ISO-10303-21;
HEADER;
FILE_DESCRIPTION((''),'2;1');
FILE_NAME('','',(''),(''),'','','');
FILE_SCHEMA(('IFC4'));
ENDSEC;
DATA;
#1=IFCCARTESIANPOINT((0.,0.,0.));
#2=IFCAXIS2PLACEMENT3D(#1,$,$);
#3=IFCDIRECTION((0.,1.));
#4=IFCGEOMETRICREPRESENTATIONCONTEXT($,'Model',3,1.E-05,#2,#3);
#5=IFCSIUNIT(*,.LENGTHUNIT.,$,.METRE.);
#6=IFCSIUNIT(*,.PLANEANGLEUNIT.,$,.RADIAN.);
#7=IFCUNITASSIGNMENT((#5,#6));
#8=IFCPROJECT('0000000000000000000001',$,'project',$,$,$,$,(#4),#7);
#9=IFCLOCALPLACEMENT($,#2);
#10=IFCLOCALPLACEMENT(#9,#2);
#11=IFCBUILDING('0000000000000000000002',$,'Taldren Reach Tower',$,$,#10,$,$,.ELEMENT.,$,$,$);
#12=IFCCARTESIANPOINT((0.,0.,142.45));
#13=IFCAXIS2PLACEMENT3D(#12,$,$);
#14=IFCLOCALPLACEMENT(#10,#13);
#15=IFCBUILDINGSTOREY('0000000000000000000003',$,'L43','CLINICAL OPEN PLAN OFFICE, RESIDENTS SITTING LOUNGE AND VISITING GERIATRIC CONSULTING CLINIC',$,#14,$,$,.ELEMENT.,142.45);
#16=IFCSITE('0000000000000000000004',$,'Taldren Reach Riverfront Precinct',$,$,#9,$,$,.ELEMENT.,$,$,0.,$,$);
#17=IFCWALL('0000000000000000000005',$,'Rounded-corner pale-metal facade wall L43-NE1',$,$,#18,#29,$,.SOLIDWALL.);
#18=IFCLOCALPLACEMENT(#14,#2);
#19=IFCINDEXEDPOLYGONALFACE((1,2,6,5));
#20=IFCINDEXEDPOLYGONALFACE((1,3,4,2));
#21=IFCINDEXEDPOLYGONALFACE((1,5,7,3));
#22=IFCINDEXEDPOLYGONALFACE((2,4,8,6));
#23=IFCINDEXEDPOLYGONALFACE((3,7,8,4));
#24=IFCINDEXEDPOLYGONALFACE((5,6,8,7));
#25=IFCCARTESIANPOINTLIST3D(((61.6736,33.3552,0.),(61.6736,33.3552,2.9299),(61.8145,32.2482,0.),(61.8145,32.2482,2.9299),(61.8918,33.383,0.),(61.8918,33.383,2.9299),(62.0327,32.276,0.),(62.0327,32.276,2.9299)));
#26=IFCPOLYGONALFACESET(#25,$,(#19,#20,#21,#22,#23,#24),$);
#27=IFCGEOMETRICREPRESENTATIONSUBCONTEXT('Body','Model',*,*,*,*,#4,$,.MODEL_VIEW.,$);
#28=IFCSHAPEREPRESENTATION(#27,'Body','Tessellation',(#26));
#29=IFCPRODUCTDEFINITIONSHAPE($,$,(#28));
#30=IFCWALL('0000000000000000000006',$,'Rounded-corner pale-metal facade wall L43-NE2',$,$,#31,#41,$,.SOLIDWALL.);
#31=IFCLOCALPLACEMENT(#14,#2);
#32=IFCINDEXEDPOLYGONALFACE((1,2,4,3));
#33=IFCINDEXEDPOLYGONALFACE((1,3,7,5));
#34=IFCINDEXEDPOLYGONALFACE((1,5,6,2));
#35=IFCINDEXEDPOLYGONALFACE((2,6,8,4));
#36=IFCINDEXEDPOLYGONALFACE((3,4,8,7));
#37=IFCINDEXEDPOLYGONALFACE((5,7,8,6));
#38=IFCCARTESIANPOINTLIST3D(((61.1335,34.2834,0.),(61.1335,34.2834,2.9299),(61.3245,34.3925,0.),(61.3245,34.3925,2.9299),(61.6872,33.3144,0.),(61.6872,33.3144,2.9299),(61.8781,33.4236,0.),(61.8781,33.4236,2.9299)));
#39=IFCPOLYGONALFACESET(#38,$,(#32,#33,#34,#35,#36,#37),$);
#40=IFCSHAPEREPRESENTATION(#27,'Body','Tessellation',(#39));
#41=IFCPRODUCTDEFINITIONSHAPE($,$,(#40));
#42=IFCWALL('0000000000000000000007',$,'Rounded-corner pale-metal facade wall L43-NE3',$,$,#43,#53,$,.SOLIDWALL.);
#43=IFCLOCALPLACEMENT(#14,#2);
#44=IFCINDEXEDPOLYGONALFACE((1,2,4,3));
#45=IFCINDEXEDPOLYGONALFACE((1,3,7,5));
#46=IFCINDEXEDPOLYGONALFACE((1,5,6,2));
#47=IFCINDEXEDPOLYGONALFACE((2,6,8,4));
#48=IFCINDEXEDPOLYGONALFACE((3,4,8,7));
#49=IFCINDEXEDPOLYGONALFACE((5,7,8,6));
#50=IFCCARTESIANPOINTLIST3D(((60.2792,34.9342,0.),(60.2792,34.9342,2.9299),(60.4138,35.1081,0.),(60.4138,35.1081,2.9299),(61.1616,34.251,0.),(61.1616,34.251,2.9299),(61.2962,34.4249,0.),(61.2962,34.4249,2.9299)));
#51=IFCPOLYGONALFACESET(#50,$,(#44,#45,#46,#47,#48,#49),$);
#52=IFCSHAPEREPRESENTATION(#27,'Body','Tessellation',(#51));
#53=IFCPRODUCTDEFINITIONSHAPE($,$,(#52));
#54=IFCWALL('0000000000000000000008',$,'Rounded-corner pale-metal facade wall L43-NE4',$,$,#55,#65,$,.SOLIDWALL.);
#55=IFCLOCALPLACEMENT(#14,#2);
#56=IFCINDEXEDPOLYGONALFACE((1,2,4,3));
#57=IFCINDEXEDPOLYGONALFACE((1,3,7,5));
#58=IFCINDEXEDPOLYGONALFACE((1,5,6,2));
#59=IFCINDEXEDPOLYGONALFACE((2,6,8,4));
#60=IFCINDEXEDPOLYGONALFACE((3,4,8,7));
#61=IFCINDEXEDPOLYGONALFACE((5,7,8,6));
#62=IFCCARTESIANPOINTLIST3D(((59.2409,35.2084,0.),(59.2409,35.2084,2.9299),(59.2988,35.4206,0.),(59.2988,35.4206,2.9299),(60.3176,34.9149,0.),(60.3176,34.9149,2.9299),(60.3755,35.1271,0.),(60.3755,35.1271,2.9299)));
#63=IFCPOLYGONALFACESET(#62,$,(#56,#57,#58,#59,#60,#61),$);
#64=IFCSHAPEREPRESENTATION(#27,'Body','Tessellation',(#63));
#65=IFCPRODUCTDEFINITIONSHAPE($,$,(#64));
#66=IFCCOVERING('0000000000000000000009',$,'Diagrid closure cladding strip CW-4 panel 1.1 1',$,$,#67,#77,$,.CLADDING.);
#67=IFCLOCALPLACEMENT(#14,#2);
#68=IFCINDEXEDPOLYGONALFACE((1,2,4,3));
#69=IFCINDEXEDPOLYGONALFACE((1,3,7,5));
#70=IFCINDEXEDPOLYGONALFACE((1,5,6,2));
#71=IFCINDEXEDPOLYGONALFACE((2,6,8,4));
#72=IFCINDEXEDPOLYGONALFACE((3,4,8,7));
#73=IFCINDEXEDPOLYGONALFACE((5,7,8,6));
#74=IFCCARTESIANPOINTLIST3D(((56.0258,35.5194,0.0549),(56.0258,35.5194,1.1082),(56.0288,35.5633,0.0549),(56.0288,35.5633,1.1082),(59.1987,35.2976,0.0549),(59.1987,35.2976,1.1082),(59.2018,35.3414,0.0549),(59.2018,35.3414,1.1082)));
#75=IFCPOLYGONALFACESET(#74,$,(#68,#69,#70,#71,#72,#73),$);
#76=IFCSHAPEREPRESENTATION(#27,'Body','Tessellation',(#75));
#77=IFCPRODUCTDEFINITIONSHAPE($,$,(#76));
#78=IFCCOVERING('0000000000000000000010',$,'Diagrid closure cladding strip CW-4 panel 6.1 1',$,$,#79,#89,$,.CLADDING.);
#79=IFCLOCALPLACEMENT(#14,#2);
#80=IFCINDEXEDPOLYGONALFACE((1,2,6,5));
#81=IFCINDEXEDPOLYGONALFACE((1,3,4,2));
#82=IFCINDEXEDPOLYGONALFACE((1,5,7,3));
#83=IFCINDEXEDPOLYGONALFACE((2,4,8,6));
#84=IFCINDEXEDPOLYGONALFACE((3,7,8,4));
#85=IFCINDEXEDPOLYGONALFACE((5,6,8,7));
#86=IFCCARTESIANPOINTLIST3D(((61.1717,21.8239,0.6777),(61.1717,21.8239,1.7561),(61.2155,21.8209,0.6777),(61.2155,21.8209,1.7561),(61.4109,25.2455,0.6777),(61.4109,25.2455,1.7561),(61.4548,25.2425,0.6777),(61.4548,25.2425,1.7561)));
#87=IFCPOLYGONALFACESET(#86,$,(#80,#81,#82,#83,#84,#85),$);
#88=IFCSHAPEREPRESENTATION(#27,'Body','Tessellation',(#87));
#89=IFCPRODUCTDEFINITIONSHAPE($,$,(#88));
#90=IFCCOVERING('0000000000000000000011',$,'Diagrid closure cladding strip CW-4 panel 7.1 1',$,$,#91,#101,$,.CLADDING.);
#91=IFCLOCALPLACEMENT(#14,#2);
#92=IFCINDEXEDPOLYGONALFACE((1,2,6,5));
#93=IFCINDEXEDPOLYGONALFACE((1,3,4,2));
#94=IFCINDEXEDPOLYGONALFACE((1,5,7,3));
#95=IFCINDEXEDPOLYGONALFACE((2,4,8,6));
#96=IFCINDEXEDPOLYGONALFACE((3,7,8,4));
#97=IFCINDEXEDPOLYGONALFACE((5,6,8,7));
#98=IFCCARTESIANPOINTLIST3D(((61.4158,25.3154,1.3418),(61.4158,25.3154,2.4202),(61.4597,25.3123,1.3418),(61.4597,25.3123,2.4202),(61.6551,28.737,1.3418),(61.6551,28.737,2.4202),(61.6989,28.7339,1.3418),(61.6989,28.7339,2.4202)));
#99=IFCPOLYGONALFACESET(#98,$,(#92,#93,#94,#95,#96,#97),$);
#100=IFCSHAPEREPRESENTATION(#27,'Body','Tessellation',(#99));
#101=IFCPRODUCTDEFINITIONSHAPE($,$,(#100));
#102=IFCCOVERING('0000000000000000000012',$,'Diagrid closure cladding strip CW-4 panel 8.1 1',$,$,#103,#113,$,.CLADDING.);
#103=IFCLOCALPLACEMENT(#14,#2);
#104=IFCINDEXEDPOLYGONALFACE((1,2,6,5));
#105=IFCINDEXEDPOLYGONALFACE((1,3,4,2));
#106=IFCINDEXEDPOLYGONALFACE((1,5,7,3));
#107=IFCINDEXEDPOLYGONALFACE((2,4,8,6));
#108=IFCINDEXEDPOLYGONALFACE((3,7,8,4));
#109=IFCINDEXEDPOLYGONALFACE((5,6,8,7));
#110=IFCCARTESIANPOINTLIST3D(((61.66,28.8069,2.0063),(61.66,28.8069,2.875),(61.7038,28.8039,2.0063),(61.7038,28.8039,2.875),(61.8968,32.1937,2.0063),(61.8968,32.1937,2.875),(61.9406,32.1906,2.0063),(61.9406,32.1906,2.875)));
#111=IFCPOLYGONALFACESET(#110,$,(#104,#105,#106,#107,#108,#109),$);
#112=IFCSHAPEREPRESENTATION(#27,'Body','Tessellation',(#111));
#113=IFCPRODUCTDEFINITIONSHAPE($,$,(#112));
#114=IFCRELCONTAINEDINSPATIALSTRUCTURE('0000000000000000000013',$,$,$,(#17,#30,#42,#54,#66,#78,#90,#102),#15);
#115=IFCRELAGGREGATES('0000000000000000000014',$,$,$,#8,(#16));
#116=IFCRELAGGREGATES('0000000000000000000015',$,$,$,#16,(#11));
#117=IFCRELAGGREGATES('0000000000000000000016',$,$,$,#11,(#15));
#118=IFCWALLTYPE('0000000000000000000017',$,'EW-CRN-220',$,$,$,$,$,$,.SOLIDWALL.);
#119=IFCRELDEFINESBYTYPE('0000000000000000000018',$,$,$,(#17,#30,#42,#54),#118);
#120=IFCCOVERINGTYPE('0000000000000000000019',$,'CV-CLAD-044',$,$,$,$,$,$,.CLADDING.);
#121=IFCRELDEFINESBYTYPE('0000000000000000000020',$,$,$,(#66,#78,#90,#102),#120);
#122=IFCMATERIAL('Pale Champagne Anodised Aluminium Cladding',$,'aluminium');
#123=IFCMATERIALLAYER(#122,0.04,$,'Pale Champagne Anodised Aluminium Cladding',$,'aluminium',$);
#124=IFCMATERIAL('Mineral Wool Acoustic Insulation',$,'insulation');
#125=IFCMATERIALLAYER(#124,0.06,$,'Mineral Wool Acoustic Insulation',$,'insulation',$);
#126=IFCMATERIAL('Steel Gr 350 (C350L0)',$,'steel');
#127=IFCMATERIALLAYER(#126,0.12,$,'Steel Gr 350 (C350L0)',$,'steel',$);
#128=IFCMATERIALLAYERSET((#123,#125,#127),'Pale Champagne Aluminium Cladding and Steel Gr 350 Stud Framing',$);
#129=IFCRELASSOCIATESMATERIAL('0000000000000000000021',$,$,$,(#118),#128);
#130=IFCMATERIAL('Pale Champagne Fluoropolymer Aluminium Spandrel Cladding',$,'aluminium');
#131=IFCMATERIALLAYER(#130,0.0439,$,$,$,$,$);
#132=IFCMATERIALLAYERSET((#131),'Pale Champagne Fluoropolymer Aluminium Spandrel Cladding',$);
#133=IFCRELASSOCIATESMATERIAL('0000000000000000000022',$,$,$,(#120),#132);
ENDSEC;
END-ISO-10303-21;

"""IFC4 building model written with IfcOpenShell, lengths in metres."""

from ifc_helpers import new_model, si_unit, direction, frame, frame_2d, origin, origin_2d, place, context, subcontext, project, spatial, rectangle, extrude, source, transform, mapped, material, layer, layer_set, type_object, element, save


model = new_model("IFC4")

# Units and contexts
model_context = context("Model", 3, precision=1e-05, world=origin(), true_north=direction((0.0, 1.0)))
body_context = subcontext(model_context, "Body", "Model", "MODEL_VIEW")
ifc_project = project(units=[si_unit("LENGTHUNIT", "METRE"), si_unit("PLANEANGLEUNIT", "RADIAN")], contexts=[model_context])

# Site, building, storey
site_placement = place(None, origin())
site = spatial("IfcSite", under=ifc_project, at=site_placement, Name="Taldren Reach Riverfront Precinct", CompositionType="ELEMENT", RefElevation=0.0)
building_placement = place(site_placement, origin())
building = spatial("IfcBuilding", under=site, at=building_placement, Name="Taldren Reach Tower", CompositionType="ELEMENT")
storey_placement = place(building_placement, frame((0.0, 0.0, 142.45)))
storey = spatial("IfcBuildingStorey", under=building, at=storey_placement, Name="L43", Description="CLINICAL OPEN PLAN OFFICE, RESIDENTS SITTING LOUNGE AND VISITING GERIATRIC CONSULTING CLINIC", CompositionType="ELEMENT", Elevation=142.45)

# Shared definitions
ifc_material_1 = material(Name="Steel Gr 350 (C350L0)", Category="steel")

# Walls
ifc_material_2 = material(Name="Pale Champagne Anodised Aluminium Cladding", Category="aluminium")
ifc_layer_1 = layer(ifc_material_2, 0.04, Name="Pale Champagne Anodised Aluminium Cladding", Category="aluminium")
ifc_material_3 = material(Name="Mineral Wool Acoustic Insulation", Category="insulation")
ifc_layer_2 = layer(ifc_material_3, 0.06, Name="Mineral Wool Acoustic Insulation", Category="insulation")
ifc_layer_3 = layer(ifc_material_1, 0.12, Name="Steel Gr 350 (C350L0)", Category="steel")
ifc_layer_set_1 = layer_set([ifc_layer_1, ifc_layer_2, ifc_layer_3], Name="Pale Champagne Aluminium Cladding and Steel Gr 350 Stud Framing")
wall_type = type_object("IfcWallType", Name="EW-CRN-220", PredefinedType="SOLIDWALL", material=ifc_layer_set_1)
shared_shape_1 = source(origin(), body_context, "Body", "SweptSolid", [
    extrude(rectangle(XDim=1.116, YDim=0.22, at=frame_2d((0.5581, 0.0))), origin(), (0.0, 0.0, 1.0), 2.9299),
])
for number, where, z_axis, x_axis, name in (
    (1, (61.9236, 32.262, 0.0), (0.0, 0.0, 1.0), (-0.126243, 0.991999, 0.0), "Rounded-corner pale-metal facade wall L43-NE1"),
    (2, (61.7827, 33.3689, 0.0), (0.0, 0.0, 1.0), (-0.496139, 0.868243, 0.0), "Rounded-corner pale-metal facade wall L43-NE2"),
    (3, (61.229, 34.3379, 0.0), (0.0, 0.0, 1.0), (-0.790717, 0.612182, 0.0), "Rounded-corner pale-metal facade wall L43-NE3"),
    (4, (60.3467, 35.021, 0.0), (0.0, 0.0, 1.0), (-0.964804, 0.262969, 0.0), "Rounded-corner pale-metal facade wall L43-NE4"),
):
    element("IfcWall", number, at=place(storey_placement, frame(where, z_axis=z_axis, x_axis=x_axis)), inside=storey, type_object=wall_type, Name=name, PredefinedType="SOLIDWALL", context=body_context, shape_type="MappedRepresentation", body=[
        mapped(shared_shape_1, transform((0.0, 0.0, 0.0), scale=1.0)),
    ])

# Coverings
ifc_material_4 = material(Name="Pale Champagne Fluoropolymer Aluminium Spandrel Cladding", Category="aluminium")
ifc_layer_4 = layer(ifc_material_4, 0.0439)
ifc_layer_set_2 = layer_set([ifc_layer_4], Name="Pale Champagne Fluoropolymer Aluminium Spandrel Cladding")
covering_type = type_object("IfcCoveringType", Name="CV-CLAD-044", PredefinedType="CLADDING", material=ifc_layer_set_2)
shared_shape_2 = source(origin(), body_context, "Body", "SweptSolid", [
    extrude(rectangle(XDim=3.1807, YDim=0.0439, at=origin_2d()), origin(), (0.0, 0.0, 1.0), 1.0532),
])
covering_1_placement = place(storey_placement, frame((57.6138, 35.4304, 0.0549), z_axis=(0.0, 0.0, 1.0), x_axis=(-0.997564, 0.069757, 0.0)))
element("IfcCovering", 5, at=covering_1_placement, inside=storey, type_object=covering_type, Name="Diagrid closure cladding strip CW-4 panel 1.1 1", PredefinedType="CLADDING", context=body_context, shape_type="MappedRepresentation", body=[
    mapped(shared_shape_2, transform((0.0, 0.0, 0.0), scale=1.0)),
])
shared_shape_3 = source(origin(), body_context, "Body", "SweptSolid", [
    extrude(rectangle(XDim=3.4299, YDim=0.0439, at=origin_2d()), origin(), (0.0, 0.0, 1.0), 1.0784),
])
for number, where, z_axis, x_axis, name in (
    (6, (61.3132, 23.5332, 0.6777), (0.0, 0.0, 1.0), (0.069756, 0.997564, 0.0), "Diagrid closure cladding strip CW-4 panel 6.1 1"),
    (7, (61.5574, 27.0247, 1.3418), (0.0, 0.0, 1.0), (0.069756, 0.997564, 0.0), "Diagrid closure cladding strip CW-4 panel 7.1 1"),
):
    element("IfcCovering", number, at=place(storey_placement, frame(where, z_axis=z_axis, x_axis=x_axis)), inside=storey, type_object=covering_type, Name=name, PredefinedType="CLADDING", context=body_context, shape_type="MappedRepresentation", body=[
        mapped(shared_shape_3, transform((0.0, 0.0, 0.0), scale=1.0)),
    ])
shared_shape_4 = source(origin(), body_context, "Body", "SweptSolid", [
    extrude(rectangle(XDim=3.395, YDim=0.0439, at=origin_2d()), origin(), (0.0, 0.0, 1.0), 0.8687),
])
covering_2_placement = place(storey_placement, frame((61.8003, 30.4988, 2.0063), z_axis=(0.0, 0.0, 1.0), x_axis=(0.069756, 0.997564, 0.0)))
element("IfcCovering", 8, at=covering_2_placement, inside=storey, type_object=covering_type, Name="Diagrid closure cladding strip CW-4 panel 8.1 1", PredefinedType="CLADDING", context=body_context, shape_type="MappedRepresentation", body=[
    mapped(shared_shape_4, transform((0.0, 0.0, 0.0), scale=1.0)),
])

save(model, "model.ifc")
